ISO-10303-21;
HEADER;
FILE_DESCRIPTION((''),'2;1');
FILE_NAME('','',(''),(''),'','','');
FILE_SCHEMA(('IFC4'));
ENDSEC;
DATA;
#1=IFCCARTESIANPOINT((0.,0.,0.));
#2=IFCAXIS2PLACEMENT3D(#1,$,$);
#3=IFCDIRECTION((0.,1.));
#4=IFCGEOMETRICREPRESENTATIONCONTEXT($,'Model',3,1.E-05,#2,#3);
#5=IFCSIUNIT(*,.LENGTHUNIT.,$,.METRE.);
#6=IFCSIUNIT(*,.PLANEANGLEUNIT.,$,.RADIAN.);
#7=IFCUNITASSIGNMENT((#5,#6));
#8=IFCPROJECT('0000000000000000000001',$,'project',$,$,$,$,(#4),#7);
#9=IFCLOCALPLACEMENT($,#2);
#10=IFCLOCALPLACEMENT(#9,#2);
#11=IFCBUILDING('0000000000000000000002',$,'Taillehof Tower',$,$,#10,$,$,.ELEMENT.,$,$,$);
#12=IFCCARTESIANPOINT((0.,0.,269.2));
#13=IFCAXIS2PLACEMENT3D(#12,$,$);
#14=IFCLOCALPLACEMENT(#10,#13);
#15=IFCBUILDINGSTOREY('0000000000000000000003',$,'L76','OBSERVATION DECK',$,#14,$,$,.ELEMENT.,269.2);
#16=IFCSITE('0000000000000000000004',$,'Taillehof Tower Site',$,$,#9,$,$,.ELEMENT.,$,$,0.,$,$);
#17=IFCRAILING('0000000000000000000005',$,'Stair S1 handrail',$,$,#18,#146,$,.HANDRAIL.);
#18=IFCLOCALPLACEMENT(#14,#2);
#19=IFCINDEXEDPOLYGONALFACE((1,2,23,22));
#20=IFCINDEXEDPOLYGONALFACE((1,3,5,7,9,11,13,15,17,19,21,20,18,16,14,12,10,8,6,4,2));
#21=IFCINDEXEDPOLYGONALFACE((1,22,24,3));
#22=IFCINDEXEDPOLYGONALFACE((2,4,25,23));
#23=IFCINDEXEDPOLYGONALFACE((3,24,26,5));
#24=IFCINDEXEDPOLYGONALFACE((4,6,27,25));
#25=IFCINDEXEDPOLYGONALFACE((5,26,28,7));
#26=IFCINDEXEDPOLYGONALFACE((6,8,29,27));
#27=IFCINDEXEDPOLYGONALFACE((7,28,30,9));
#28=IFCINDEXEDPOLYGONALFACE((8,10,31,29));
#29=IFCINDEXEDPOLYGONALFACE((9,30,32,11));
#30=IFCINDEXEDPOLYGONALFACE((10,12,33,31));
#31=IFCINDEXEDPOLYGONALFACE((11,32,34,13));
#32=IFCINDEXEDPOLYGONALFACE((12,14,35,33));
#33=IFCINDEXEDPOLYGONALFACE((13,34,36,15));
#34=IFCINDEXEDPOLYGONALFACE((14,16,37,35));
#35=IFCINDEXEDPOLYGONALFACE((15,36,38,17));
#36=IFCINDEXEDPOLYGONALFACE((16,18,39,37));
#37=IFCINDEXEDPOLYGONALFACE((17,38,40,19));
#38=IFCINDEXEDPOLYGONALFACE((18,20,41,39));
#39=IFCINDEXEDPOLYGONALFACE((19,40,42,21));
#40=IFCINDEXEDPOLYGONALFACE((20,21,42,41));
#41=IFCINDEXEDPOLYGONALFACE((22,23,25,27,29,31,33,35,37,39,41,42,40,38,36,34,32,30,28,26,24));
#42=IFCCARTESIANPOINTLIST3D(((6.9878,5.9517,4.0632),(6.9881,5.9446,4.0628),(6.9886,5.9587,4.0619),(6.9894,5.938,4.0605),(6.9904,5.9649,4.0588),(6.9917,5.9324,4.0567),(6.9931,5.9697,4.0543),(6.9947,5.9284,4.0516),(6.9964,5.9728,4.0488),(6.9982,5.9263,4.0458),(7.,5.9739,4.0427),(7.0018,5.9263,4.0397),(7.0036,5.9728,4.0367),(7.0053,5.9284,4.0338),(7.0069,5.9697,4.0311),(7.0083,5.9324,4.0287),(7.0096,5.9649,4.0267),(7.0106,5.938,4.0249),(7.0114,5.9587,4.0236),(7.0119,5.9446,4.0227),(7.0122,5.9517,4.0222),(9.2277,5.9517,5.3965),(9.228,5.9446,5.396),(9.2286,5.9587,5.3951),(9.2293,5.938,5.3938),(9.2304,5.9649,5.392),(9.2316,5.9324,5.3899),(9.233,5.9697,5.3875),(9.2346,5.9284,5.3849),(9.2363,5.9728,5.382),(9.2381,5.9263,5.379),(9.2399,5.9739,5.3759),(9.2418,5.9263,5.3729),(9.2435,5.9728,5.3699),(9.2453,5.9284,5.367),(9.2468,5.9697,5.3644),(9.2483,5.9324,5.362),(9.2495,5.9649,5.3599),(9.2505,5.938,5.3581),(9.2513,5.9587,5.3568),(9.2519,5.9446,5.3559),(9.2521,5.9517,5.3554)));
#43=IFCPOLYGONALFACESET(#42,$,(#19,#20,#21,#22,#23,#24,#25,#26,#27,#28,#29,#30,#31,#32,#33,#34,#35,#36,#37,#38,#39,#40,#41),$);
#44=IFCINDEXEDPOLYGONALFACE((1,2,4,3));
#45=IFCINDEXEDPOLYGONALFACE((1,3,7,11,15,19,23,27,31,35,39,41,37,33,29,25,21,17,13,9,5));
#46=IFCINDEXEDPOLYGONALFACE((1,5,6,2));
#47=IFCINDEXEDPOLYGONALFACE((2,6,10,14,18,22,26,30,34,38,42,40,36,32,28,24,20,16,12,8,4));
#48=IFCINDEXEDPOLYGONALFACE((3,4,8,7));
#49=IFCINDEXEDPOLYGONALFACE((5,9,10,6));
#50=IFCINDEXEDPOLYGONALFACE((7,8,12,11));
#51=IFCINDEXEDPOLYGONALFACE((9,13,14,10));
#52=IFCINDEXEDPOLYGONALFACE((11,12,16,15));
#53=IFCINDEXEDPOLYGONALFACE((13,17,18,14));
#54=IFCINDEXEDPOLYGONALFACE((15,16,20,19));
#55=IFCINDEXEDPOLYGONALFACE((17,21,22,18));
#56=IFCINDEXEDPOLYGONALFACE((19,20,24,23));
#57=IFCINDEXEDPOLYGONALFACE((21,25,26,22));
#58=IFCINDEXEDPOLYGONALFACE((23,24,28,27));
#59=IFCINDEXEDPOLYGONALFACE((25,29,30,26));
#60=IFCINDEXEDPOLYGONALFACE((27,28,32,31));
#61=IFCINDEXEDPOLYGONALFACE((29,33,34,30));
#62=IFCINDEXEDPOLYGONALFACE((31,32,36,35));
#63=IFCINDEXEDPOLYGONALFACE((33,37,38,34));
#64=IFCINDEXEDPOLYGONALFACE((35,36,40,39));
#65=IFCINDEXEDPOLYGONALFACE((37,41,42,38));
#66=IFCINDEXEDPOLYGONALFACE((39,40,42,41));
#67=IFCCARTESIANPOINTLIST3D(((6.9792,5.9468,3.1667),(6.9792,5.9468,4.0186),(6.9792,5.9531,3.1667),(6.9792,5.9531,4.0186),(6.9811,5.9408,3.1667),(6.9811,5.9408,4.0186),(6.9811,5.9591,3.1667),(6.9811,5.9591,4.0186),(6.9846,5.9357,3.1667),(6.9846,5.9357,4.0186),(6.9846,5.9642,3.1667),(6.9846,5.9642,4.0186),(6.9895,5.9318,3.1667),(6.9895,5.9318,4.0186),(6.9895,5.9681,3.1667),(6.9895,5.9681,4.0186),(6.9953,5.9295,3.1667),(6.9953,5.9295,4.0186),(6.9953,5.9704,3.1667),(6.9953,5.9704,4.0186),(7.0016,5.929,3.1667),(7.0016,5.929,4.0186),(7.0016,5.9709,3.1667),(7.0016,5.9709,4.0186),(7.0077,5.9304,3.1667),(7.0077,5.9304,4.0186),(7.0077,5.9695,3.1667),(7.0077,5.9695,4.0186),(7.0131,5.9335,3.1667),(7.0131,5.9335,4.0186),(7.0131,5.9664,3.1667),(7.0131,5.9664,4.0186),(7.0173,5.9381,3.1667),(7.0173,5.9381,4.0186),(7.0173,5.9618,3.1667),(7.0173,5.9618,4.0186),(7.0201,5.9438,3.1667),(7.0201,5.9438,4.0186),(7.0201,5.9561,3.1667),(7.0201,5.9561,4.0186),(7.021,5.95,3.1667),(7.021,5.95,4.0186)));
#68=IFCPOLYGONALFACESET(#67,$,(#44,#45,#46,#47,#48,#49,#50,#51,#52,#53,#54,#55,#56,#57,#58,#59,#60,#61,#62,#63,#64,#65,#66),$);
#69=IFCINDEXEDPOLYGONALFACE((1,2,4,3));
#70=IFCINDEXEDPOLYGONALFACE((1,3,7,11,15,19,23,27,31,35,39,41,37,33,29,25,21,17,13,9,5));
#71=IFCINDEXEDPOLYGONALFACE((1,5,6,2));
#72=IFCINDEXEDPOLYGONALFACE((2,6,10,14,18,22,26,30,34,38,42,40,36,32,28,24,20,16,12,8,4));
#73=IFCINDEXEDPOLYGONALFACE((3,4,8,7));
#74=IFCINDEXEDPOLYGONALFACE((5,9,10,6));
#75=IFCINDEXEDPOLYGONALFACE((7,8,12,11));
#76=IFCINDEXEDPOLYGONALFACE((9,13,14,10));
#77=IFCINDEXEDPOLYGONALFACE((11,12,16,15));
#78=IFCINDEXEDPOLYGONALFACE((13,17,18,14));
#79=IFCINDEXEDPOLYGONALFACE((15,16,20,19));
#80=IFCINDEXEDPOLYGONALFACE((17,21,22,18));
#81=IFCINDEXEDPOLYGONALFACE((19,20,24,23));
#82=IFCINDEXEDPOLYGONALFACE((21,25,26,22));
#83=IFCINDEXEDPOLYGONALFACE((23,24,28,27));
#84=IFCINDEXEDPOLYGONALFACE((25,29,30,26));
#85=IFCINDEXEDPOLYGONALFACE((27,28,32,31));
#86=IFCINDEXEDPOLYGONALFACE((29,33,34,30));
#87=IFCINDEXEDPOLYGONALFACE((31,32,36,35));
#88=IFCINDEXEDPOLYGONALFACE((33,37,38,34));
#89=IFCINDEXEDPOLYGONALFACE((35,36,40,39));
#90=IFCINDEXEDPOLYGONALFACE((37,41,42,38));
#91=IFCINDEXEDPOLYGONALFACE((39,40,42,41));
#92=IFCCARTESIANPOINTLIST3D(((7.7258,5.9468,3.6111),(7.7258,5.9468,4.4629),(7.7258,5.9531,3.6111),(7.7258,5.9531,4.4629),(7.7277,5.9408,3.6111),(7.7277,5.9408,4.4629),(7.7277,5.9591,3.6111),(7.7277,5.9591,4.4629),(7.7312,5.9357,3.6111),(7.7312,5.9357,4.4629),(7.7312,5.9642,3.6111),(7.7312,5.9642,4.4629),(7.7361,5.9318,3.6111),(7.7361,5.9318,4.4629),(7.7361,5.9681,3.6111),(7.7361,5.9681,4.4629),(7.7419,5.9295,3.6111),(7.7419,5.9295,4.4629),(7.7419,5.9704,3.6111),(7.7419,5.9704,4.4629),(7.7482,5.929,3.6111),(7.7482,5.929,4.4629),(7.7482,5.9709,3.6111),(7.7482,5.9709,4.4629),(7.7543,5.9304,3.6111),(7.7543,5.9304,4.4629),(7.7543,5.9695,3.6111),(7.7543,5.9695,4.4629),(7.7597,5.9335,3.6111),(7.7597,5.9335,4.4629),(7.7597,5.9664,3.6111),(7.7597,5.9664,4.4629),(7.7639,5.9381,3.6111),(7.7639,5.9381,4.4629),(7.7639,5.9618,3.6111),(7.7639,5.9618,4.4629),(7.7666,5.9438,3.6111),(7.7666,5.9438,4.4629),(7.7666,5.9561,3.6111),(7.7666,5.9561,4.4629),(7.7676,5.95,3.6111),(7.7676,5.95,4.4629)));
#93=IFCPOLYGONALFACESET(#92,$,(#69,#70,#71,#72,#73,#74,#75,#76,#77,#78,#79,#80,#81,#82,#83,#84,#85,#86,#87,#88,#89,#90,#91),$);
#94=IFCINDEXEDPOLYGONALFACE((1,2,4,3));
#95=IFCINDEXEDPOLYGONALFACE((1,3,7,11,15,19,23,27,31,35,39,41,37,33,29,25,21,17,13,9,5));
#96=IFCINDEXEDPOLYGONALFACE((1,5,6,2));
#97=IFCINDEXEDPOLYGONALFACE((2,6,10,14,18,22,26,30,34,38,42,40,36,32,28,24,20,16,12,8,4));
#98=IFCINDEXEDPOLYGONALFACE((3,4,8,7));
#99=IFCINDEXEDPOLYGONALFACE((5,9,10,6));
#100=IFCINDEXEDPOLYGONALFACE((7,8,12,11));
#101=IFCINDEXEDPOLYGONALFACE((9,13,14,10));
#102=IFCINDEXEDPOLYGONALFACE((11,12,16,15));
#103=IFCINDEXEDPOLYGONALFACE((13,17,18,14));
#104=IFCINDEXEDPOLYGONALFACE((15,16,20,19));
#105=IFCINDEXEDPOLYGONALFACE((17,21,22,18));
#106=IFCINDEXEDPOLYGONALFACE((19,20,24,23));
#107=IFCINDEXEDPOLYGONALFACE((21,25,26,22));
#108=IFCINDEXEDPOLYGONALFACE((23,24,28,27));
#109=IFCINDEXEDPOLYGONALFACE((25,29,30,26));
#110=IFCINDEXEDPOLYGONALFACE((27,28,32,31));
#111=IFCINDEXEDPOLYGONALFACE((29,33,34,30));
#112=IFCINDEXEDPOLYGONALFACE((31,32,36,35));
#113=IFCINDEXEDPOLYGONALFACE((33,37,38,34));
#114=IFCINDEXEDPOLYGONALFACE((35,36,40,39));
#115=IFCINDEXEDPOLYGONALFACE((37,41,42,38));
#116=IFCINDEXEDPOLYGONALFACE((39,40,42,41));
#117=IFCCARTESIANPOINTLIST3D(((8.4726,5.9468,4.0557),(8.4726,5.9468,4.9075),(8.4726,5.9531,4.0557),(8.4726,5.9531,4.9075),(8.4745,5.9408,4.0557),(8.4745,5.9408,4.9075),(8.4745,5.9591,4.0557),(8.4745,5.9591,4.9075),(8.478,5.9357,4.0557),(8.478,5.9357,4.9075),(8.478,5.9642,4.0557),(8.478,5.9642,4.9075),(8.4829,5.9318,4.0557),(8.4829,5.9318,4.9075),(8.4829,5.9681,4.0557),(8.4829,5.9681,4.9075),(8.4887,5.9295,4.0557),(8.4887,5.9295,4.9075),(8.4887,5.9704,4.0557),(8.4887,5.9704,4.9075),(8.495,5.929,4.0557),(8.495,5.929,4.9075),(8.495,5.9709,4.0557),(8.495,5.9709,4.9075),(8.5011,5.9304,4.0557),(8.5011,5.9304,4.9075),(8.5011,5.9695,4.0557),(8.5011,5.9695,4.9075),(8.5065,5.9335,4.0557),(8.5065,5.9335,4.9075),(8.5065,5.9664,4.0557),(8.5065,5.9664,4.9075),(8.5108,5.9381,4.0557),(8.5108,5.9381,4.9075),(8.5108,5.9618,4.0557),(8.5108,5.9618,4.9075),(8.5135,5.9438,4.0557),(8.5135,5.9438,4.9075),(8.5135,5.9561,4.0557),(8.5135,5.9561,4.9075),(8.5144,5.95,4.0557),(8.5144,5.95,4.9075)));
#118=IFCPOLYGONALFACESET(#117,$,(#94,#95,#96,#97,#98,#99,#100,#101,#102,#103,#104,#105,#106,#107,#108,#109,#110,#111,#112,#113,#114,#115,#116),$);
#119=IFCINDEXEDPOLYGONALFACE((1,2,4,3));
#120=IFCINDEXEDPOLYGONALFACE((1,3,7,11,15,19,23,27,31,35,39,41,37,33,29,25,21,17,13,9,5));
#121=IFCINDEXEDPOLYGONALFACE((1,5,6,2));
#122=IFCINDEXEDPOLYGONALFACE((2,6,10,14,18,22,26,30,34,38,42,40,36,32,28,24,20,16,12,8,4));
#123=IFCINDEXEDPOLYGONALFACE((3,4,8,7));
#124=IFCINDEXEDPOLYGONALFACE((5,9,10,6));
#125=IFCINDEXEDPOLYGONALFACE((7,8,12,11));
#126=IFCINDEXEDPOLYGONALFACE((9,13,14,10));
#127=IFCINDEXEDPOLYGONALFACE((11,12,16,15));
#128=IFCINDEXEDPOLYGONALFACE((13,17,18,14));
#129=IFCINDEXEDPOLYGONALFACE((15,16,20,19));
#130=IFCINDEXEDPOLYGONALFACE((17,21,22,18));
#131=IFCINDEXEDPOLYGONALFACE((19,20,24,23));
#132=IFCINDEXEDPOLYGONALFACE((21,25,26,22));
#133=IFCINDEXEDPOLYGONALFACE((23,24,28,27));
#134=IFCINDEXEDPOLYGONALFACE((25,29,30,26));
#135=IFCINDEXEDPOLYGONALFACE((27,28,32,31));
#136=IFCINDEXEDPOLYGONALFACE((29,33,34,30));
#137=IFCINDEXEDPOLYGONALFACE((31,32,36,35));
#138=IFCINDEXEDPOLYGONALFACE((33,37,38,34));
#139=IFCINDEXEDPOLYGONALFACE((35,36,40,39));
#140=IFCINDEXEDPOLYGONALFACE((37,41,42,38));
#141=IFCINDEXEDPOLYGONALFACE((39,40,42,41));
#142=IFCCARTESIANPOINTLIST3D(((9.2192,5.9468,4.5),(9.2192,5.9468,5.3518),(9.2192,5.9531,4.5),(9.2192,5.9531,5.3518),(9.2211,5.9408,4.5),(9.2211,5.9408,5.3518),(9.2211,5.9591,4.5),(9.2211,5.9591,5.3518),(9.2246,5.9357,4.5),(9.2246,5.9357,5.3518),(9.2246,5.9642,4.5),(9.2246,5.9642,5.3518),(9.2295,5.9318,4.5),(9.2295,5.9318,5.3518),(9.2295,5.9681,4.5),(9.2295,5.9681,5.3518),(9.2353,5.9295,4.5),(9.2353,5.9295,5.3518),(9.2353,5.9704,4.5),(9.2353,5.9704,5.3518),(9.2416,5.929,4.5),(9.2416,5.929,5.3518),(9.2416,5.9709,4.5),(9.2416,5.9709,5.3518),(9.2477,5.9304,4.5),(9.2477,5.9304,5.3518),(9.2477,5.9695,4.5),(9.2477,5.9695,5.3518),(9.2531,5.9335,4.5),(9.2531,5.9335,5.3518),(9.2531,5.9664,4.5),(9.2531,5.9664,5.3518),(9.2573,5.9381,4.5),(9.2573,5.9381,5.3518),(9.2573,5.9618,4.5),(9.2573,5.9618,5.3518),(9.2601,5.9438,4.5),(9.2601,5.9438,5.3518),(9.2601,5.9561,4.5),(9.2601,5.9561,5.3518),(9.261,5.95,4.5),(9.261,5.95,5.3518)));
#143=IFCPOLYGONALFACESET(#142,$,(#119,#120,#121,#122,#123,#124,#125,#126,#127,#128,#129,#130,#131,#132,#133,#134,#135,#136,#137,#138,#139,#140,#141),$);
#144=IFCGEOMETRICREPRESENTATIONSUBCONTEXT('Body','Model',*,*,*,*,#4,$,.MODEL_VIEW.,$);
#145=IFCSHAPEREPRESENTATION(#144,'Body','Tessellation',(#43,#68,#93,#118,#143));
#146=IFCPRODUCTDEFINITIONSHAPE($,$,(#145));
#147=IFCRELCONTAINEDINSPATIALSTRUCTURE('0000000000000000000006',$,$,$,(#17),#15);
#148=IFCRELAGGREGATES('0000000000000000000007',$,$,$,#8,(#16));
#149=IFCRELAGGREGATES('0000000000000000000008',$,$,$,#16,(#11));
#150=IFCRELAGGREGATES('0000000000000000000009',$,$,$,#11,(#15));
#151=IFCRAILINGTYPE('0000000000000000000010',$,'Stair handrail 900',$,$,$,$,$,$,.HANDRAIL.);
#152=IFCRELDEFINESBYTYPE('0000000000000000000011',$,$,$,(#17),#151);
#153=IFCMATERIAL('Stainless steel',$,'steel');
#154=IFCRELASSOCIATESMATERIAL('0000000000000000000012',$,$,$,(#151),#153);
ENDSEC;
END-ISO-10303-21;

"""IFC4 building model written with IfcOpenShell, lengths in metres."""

from ifc_helpers import new_model, si_unit, direction, frame, origin, origin_2d, place, context, subcontext, project, spatial, circle, extrude, material, type_object, element, save


model = new_model("IFC4")

# Units and contexts
model_context = context("Model", 3, precision=1e-05, world=origin(), true_north=direction((0.0, 1.0)))
body_context = subcontext(model_context, "Body", "Model", "MODEL_VIEW")
ifc_project = project(units=[si_unit("LENGTHUNIT", "METRE"), si_unit("PLANEANGLEUNIT", "RADIAN")], contexts=[model_context])

# Site, building, storey
site_placement = place(None, origin())
site = spatial("IfcSite", under=ifc_project, at=site_placement, Name="Taillehof Tower Site", CompositionType="ELEMENT", RefElevation=0.0)
building_placement = place(site_placement, origin())
building = spatial("IfcBuilding", under=site, at=building_placement, Name="Taillehof Tower", CompositionType="ELEMENT")
storey_placement = place(building_placement, frame((0.0, 0.0, 269.2)))
storey = spatial("IfcBuildingStorey", under=building, at=storey_placement, Name="L76", Description="OBSERVATION DECK", CompositionType="ELEMENT", Elevation=269.2)

# Railing
ifc_material_1 = material(Name="Stainless steel", Category="steel")
railing_type = type_object("IfcRailingType", Name="Stair handrail 900", PredefinedType="HANDRAIL", material=ifc_material_1)
railing_1_placement = place(storey_placement, frame((7.0, 5.95, 3.1667)))
element("IfcRailing", 1, at=railing_1_placement, inside=storey, type_object=railing_type, Name="Stair S1 handrail", PredefinedType="HANDRAIL", context=body_context, shape_type="SweptSolid", body=[
    extrude(circle(Radius=0.0239, at=origin_2d()), frame((0.0, 0.0, 0.876), z_axis=(0.859306, 0.0, 0.511462), x_axis=(0.0, 1.0, 0.0)), (0.0, 0.0, 1.0), 2.6067),
    extrude(circle(Radius=0.021, at=origin_2d()), origin(), (0.0, 0.0, 1.0), 0.8518),
    extrude(circle(Radius=0.021, at=origin_2d()), frame((0.7466, 0.0, 0.4443)), (0.0, 0.0, 1.0), 0.8518),
    extrude(circle(Radius=0.021, at=origin_2d()), frame((1.4934, 0.0, 0.8889)), (0.0, 0.0, 1.0), 0.8518),
    extrude(circle(Radius=0.021, at=origin_2d()), frame((2.24, 0.0, 1.3333)), (0.0, 0.0, 1.0), 0.8518),
])

save(model, "model.ifc")
